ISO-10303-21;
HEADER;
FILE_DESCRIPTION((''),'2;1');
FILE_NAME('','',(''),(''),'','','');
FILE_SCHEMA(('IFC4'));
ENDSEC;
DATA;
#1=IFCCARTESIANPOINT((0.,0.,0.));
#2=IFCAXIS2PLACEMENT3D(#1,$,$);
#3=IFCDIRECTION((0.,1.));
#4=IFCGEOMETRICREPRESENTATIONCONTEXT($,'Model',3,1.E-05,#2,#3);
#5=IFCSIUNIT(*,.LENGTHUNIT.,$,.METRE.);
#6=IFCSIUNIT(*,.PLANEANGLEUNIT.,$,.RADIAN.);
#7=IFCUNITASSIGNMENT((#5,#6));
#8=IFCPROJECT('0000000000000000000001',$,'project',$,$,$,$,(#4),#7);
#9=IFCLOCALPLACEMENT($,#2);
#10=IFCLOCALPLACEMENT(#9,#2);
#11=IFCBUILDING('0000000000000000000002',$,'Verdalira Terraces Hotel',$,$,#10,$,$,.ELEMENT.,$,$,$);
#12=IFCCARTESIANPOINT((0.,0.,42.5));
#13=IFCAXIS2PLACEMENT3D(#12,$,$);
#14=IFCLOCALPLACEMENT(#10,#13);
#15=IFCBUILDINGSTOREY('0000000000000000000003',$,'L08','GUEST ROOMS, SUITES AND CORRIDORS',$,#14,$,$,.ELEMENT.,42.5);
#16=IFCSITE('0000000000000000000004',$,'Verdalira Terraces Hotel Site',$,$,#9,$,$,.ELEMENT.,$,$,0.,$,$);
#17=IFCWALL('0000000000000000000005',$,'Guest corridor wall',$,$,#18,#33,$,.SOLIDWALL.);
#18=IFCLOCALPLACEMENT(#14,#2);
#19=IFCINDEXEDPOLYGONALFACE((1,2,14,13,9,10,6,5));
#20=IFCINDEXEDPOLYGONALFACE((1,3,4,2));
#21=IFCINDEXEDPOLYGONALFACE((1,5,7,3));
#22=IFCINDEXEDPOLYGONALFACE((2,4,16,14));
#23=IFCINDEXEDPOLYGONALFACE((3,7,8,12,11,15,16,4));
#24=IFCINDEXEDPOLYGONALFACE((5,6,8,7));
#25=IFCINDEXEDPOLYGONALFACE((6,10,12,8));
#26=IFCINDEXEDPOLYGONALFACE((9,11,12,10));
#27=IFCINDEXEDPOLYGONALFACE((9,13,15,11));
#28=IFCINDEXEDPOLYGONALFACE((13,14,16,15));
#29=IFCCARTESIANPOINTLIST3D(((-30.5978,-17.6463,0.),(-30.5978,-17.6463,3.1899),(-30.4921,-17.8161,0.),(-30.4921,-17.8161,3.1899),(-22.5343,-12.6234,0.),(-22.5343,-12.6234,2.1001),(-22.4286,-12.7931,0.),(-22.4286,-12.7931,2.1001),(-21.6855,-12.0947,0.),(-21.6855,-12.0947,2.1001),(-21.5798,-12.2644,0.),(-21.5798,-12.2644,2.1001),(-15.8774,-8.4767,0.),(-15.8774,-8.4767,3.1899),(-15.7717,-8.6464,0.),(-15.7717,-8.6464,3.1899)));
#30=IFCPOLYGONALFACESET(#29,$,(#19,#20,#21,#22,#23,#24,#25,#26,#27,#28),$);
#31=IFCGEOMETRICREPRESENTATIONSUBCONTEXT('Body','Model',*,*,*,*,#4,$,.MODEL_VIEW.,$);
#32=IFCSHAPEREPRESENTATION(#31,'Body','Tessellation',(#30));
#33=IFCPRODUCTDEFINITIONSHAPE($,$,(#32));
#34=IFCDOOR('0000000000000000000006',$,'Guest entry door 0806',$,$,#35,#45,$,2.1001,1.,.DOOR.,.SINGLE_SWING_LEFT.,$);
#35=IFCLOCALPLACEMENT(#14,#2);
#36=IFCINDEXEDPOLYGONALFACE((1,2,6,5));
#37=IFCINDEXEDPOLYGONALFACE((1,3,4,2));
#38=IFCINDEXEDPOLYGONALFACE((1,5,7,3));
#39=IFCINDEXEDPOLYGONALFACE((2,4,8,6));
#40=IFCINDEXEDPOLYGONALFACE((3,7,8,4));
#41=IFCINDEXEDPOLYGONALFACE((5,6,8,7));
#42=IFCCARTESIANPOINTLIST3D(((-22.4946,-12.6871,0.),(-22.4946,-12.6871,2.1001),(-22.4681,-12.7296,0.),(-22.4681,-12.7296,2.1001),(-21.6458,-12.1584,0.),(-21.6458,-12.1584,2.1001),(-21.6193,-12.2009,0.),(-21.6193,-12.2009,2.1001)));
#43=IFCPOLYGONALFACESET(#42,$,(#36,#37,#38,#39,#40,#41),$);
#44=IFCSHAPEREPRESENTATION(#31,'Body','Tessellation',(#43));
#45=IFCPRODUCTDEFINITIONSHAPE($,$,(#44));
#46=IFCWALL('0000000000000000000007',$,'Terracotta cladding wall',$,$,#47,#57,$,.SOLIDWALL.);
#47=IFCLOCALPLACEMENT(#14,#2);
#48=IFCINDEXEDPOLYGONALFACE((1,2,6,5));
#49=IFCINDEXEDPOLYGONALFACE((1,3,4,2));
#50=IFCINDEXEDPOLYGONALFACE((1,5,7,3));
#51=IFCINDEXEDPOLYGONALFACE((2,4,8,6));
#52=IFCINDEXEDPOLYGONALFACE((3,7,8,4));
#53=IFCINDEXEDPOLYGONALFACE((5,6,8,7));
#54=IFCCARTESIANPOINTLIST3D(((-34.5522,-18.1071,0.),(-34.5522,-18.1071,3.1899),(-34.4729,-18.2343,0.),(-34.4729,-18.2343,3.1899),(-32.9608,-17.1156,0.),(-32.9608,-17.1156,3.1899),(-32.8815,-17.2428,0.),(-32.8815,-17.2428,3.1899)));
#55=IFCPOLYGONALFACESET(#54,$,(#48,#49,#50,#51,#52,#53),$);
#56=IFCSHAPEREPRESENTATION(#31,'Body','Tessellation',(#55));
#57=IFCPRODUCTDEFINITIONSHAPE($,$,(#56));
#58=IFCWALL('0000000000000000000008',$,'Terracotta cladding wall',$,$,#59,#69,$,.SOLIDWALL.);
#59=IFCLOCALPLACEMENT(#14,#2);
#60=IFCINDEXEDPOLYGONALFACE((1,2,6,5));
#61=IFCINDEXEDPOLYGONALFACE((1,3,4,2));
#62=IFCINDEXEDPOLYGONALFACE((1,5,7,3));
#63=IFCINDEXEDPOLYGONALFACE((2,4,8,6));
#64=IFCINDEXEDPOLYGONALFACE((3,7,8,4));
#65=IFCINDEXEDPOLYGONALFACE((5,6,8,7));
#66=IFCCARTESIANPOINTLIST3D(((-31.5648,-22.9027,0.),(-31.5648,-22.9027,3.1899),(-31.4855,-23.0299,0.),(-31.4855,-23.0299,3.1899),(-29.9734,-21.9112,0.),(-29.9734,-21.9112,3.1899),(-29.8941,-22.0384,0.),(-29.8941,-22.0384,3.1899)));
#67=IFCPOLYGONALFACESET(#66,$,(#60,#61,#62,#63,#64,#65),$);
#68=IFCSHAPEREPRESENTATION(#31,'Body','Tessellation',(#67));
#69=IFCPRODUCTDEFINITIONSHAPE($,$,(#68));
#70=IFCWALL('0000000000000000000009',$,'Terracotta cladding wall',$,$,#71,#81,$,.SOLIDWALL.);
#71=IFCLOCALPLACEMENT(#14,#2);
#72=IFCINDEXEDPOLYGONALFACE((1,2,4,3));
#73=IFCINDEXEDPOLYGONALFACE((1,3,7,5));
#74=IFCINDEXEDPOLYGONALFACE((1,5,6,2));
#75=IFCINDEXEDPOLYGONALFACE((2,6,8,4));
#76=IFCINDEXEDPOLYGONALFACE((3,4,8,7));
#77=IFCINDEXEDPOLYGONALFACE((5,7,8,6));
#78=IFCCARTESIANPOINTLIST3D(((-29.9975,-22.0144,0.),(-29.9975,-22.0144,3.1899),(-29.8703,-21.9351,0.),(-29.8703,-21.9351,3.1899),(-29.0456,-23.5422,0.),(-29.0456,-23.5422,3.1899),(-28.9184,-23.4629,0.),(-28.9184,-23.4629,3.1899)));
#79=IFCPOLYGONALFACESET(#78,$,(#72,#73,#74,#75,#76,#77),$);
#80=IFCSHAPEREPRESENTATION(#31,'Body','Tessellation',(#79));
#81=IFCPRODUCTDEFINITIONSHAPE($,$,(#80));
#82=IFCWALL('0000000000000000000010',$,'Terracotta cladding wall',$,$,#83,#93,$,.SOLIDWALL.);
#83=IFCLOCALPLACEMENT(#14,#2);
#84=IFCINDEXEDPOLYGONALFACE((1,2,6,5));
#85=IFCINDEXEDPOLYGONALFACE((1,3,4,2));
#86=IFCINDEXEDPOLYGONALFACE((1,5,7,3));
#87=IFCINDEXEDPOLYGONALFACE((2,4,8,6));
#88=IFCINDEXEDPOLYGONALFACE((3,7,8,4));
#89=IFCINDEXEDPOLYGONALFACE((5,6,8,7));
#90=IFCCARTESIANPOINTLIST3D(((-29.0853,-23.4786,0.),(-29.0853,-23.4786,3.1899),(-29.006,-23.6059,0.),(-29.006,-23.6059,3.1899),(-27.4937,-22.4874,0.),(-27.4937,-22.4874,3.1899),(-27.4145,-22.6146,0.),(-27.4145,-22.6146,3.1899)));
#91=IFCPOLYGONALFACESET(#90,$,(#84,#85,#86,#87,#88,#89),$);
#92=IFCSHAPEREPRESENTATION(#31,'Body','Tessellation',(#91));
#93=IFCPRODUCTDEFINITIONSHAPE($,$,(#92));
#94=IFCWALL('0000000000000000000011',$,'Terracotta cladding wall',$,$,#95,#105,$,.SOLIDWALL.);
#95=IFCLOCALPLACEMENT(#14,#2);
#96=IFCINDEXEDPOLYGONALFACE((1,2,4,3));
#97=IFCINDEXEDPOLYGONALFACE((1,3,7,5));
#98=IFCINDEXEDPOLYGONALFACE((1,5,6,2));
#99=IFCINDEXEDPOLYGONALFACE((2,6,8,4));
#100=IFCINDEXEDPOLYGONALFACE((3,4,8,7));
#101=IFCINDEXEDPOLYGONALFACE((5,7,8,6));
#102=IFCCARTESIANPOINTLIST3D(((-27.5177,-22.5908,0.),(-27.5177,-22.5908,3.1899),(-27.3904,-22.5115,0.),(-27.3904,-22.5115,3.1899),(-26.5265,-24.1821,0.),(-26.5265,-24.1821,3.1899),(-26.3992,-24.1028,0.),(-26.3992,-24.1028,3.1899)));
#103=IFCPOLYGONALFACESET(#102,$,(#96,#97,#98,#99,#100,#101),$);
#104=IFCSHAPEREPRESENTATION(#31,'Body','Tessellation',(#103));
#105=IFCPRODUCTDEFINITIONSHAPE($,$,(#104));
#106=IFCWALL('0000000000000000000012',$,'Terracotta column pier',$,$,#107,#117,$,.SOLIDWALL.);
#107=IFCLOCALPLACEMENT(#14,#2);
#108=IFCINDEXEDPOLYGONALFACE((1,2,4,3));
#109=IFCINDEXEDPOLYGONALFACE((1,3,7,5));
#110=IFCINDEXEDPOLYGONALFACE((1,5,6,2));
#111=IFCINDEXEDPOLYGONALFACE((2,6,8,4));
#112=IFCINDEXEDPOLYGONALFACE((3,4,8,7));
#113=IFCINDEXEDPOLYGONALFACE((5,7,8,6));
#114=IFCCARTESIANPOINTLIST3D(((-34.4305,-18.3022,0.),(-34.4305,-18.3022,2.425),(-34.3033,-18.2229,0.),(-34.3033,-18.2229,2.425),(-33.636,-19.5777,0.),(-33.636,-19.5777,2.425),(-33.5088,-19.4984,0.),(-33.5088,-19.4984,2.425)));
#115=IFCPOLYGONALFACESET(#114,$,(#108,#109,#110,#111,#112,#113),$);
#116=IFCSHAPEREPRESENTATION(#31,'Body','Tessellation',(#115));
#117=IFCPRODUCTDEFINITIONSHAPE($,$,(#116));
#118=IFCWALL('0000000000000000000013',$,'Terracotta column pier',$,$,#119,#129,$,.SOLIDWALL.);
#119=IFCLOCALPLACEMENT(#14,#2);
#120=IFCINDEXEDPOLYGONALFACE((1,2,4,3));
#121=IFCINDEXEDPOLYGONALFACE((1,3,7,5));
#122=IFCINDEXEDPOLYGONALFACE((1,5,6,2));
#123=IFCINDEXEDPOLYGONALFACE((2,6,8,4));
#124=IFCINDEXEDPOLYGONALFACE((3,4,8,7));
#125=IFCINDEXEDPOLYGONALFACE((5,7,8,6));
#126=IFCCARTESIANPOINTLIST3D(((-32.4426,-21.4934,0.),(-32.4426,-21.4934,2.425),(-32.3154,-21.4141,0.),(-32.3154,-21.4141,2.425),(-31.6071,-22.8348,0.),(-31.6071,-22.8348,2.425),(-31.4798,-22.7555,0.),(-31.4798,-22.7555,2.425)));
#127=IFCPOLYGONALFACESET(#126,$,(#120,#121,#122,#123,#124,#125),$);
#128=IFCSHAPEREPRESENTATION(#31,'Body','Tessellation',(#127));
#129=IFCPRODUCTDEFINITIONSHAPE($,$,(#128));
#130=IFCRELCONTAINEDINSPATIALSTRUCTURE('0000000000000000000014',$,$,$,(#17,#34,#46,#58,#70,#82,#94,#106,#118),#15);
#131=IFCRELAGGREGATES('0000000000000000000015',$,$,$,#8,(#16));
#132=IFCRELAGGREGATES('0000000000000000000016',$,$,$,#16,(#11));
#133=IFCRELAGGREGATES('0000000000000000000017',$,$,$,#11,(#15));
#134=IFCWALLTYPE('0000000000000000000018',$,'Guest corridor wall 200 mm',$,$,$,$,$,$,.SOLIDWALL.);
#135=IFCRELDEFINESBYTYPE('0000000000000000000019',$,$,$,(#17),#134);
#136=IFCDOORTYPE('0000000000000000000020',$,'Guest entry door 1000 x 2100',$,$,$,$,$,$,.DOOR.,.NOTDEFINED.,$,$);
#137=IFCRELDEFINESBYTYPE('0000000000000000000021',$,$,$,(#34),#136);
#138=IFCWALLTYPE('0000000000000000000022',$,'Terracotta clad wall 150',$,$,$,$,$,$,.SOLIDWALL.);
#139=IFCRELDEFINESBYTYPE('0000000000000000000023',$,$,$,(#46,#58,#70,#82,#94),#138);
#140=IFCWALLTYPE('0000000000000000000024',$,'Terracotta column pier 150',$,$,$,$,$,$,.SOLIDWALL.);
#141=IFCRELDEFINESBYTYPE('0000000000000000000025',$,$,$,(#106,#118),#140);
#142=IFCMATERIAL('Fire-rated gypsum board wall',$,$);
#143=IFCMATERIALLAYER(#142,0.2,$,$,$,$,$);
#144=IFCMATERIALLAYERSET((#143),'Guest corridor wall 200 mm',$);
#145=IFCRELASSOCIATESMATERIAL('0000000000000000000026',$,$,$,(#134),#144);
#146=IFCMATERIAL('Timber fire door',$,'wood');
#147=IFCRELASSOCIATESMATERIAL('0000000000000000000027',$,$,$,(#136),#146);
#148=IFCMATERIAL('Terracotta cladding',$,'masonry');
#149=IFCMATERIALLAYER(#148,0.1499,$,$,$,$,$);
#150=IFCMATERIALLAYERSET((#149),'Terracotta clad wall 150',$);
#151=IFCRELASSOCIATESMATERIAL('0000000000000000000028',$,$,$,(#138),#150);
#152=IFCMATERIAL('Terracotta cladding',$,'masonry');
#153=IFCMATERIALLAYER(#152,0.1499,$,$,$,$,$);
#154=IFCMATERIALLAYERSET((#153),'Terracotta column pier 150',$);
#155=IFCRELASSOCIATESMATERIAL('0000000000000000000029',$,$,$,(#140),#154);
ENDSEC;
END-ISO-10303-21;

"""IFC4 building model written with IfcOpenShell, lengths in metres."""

from ifc_helpers import new_model, si_unit, direction, frame, frame_2d, origin, place, context, subcontext, project, spatial, rectangle, extrude, material, layer, layer_set, type_object, element, fill, save


model = new_model("IFC4")

# Units and contexts
model_context = context("Model", 3, precision=1e-05, world=origin(), true_north=direction((0.0, 1.0)))
body_context = subcontext(model_context, "Body", "Model", "MODEL_VIEW")
ifc_project = project(units=[si_unit("LENGTHUNIT", "METRE"), si_unit("PLANEANGLEUNIT", "RADIAN")], contexts=[model_context])

# Site, building, storey
site_placement = place(None, origin())
site = spatial("IfcSite", under=ifc_project, at=site_placement, Name="Verdalira Terraces Hotel Site", CompositionType="ELEMENT", RefElevation=0.0)
building_placement = place(site_placement, origin())
building = spatial("IfcBuilding", under=site, at=building_placement, Name="Verdalira Terraces Hotel", CompositionType="ELEMENT")
storey_placement = place(building_placement, frame((0.0, 0.0, 42.5)))
storey = spatial("IfcBuildingStorey", under=building, at=storey_placement, Name="L08", Description="GUEST ROOMS, SUITES AND CORRIDORS", CompositionType="ELEMENT", Elevation=42.5)

# Wall, opening, door
ifc_material_1 = material(Name="Fire-rated gypsum board wall")
ifc_layer_1 = layer(ifc_material_1, 0.2)
ifc_layer_set_1 = layer_set([ifc_layer_1], Name="Guest corridor wall 200 mm")
wall_type_1 = type_object("IfcWallType", Name="Guest corridor wall 200 mm", PredefinedType="SOLIDWALL", material=ifc_layer_set_1)
wall_1_placement = place(storey_placement, frame((-30.5449, -17.7312, 0.0), z_axis=(0.0, 0.0, 1.0), x_axis=(0.848791, 0.528729, 0.0)))
wall_1 = element("IfcWall", 1, at=wall_1_placement, inside=storey, type_object=wall_type_1, Name="Guest corridor wall", PredefinedType="SOLIDWALL", context=body_context, shape_type="SweptSolid", body=[
    extrude(rectangle(XDim=17.3428, YDim=0.2, at=frame_2d((8.6714, 0.0))), origin(), (0.0, 0.0, 1.0), 3.1899),
])
opening_1_placement = place(wall_1_placement, frame((9.5, 0.0, 0.0)))
opening_1 = element("IfcOpeningElement", 2, at=opening_1_placement, cuts=wall_1, PredefinedType="OPENING", context=body_context, shape_type="SweptSolid", body=[
    extrude(rectangle(XDim=1.0, YDim=2.1001, at=frame_2d((0.5, 1.05))), frame((0.0, 0.1099, 0.0), z_axis=(0.0, -1.0, 0.0), x_axis=(1.0, 0.0, 0.0)), (0.0, 0.0, 1.0), 0.22),
])
ifc_material_2 = material(Name="Timber fire door", Category="wood")
door_type_1 = type_object("IfcDoorType", Name="Guest entry door 1000 x 2100", OperationType="NOTDEFINED", PredefinedType="DOOR", material=ifc_material_2)
door_1_placement = place(opening_1_placement, origin())
door_1 = element("IfcDoor", 3, at=door_1_placement, inside=storey, type_object=door_type_1, Name="Guest entry door 0806", OperationType="SINGLE_SWING_LEFT", OverallHeight=2.1001, OverallWidth=1.0, PredefinedType="DOOR", context=body_context, shape_type="SweptSolid", body=[
    extrude(rectangle(XDim=1.0, YDim=2.1001, at=frame_2d((0.5, 1.05))), frame((0.0, 0.0249, 0.0), z_axis=(0.0, -1.0, 0.0), x_axis=(1.0, 0.0, 0.0)), (0.0, 0.0, 1.0), 0.05),
])
fill(opening_1, door_1)

# Walls
ifc_material_3 = material(Name="Terracotta cladding", Category="masonry")
ifc_layer_2 = layer(ifc_material_3, 0.1499)
ifc_layer_set_2 = layer_set([ifc_layer_2], Name="Terracotta clad wall 150")
wall_type_2 = type_object("IfcWallType", Name="Terracotta clad wall 150", PredefinedType="SOLIDWALL", material=ifc_layer_set_2)
for number, where, z_axis, x_axis, name in (
    (4, (-32.9211, -17.1792, 0.0), (0.0, 0.0, 1.0), (-0.848744, -0.528805, 0.0), "Terracotta cladding wall"),
    (5, (-31.5251, -22.9663, 0.0), (0.0, 0.0, 1.0), (0.848744, 0.528805, 0.0), "Terracotta cladding wall"),
):
    element("IfcWall", number, at=place(storey_placement, frame(where, z_axis=z_axis, x_axis=x_axis)), inside=storey, type_object=wall_type_2, Name=name, PredefinedType="SOLIDWALL", context=body_context, shape_type="SweptSolid", body=[
        extrude(rectangle(XDim=1.875, YDim=0.1499, at=frame_2d((0.9375, 0.0))), origin(), (0.0, 0.0, 1.0), 3.1899),
    ])
wall_2_placement = place(storey_placement, frame((-29.9338, -21.9749, 0.0), z_axis=(0.0, 0.0, 1.0), x_axis=(0.528804, -0.848744, 0.0)))
element("IfcWall", 6, at=wall_2_placement, inside=storey, type_object=wall_type_2, Name="Terracotta cladding wall", PredefinedType="SOLIDWALL", context=body_context, shape_type="SweptSolid", body=[
    extrude(rectangle(XDim=1.8, YDim=0.1499, at=frame_2d((0.8999, 0.0))), origin(), (0.0, 0.0, 1.0), 3.1899),
])
wall_3_placement = place(storey_placement, frame((-29.0457, -23.5422, 0.0), z_axis=(0.0, 0.0, 1.0), x_axis=(0.848838, 0.528652, 0.0)))
element("IfcWall", 7, at=wall_3_placement, inside=storey, type_object=wall_type_2, Name="Terracotta cladding wall", PredefinedType="SOLIDWALL", context=body_context, shape_type="SweptSolid", body=[
    extrude(rectangle(XDim=1.875, YDim=0.1499, at=frame_2d((0.9375, 0.0))), origin(), (0.0, 0.0, 1.0), 3.1899),
])
wall_4_placement = place(storey_placement, frame((-27.4541, -22.551, 0.0), z_axis=(0.0, 0.0, 1.0), x_axis=(0.528711, -0.848802, 0.0)))
element("IfcWall", 8, at=wall_4_placement, inside=storey, type_object=wall_type_2, Name="Terracotta cladding wall", PredefinedType="SOLIDWALL", context=body_context, shape_type="SweptSolid", body=[
    extrude(rectangle(XDim=1.8748, YDim=0.1499, at=frame_2d((0.9375, 0.0))), origin(), (0.0, 0.0, 1.0), 3.1899),
])
ifc_material_4 = material(Name="Terracotta cladding", Category="masonry")
ifc_layer_3 = layer(ifc_material_4, 0.1499)
ifc_layer_set_3 = layer_set([ifc_layer_3], Name="Terracotta column pier 150")
wall_type_3 = type_object("IfcWallType", Name="Terracotta column pier 150", PredefinedType="SOLIDWALL", material=ifc_layer_set_3)
wall_5_placement = place(storey_placement, frame((-34.3669, -18.2625, 0.0), z_axis=(0.0, 0.0, 1.0), x_axis=(0.528713, -0.848801, 0.0)))
element("IfcWall", 9, at=wall_5_placement, inside=storey, type_object=wall_type_3, Name="Terracotta column pier", PredefinedType="SOLIDWALL", context=body_context, shape_type="SweptSolid", body=[
    extrude(rectangle(XDim=1.5027, YDim=0.1499, at=frame_2d((0.7515, 0.0))), origin(), (0.0, 0.0, 1.0), 2.425),
])
wall_6_placement = place(storey_placement, frame((-32.3789, -21.4539, 0.0), z_axis=(0.0, 0.0, 1.0), x_axis=(0.528693, -0.848813, 0.0)))
element("IfcWall", 10, at=wall_6_placement, inside=storey, type_object=wall_type_3, Name="Terracotta column pier", PredefinedType="SOLIDWALL", context=body_context, shape_type="SweptSolid", body=[
    extrude(rectangle(XDim=1.5803, YDim=0.1499, at=frame_2d((0.79, 0.0))), origin(), (0.0, 0.0, 1.0), 2.425),
])

save(model, "model.ifc")
